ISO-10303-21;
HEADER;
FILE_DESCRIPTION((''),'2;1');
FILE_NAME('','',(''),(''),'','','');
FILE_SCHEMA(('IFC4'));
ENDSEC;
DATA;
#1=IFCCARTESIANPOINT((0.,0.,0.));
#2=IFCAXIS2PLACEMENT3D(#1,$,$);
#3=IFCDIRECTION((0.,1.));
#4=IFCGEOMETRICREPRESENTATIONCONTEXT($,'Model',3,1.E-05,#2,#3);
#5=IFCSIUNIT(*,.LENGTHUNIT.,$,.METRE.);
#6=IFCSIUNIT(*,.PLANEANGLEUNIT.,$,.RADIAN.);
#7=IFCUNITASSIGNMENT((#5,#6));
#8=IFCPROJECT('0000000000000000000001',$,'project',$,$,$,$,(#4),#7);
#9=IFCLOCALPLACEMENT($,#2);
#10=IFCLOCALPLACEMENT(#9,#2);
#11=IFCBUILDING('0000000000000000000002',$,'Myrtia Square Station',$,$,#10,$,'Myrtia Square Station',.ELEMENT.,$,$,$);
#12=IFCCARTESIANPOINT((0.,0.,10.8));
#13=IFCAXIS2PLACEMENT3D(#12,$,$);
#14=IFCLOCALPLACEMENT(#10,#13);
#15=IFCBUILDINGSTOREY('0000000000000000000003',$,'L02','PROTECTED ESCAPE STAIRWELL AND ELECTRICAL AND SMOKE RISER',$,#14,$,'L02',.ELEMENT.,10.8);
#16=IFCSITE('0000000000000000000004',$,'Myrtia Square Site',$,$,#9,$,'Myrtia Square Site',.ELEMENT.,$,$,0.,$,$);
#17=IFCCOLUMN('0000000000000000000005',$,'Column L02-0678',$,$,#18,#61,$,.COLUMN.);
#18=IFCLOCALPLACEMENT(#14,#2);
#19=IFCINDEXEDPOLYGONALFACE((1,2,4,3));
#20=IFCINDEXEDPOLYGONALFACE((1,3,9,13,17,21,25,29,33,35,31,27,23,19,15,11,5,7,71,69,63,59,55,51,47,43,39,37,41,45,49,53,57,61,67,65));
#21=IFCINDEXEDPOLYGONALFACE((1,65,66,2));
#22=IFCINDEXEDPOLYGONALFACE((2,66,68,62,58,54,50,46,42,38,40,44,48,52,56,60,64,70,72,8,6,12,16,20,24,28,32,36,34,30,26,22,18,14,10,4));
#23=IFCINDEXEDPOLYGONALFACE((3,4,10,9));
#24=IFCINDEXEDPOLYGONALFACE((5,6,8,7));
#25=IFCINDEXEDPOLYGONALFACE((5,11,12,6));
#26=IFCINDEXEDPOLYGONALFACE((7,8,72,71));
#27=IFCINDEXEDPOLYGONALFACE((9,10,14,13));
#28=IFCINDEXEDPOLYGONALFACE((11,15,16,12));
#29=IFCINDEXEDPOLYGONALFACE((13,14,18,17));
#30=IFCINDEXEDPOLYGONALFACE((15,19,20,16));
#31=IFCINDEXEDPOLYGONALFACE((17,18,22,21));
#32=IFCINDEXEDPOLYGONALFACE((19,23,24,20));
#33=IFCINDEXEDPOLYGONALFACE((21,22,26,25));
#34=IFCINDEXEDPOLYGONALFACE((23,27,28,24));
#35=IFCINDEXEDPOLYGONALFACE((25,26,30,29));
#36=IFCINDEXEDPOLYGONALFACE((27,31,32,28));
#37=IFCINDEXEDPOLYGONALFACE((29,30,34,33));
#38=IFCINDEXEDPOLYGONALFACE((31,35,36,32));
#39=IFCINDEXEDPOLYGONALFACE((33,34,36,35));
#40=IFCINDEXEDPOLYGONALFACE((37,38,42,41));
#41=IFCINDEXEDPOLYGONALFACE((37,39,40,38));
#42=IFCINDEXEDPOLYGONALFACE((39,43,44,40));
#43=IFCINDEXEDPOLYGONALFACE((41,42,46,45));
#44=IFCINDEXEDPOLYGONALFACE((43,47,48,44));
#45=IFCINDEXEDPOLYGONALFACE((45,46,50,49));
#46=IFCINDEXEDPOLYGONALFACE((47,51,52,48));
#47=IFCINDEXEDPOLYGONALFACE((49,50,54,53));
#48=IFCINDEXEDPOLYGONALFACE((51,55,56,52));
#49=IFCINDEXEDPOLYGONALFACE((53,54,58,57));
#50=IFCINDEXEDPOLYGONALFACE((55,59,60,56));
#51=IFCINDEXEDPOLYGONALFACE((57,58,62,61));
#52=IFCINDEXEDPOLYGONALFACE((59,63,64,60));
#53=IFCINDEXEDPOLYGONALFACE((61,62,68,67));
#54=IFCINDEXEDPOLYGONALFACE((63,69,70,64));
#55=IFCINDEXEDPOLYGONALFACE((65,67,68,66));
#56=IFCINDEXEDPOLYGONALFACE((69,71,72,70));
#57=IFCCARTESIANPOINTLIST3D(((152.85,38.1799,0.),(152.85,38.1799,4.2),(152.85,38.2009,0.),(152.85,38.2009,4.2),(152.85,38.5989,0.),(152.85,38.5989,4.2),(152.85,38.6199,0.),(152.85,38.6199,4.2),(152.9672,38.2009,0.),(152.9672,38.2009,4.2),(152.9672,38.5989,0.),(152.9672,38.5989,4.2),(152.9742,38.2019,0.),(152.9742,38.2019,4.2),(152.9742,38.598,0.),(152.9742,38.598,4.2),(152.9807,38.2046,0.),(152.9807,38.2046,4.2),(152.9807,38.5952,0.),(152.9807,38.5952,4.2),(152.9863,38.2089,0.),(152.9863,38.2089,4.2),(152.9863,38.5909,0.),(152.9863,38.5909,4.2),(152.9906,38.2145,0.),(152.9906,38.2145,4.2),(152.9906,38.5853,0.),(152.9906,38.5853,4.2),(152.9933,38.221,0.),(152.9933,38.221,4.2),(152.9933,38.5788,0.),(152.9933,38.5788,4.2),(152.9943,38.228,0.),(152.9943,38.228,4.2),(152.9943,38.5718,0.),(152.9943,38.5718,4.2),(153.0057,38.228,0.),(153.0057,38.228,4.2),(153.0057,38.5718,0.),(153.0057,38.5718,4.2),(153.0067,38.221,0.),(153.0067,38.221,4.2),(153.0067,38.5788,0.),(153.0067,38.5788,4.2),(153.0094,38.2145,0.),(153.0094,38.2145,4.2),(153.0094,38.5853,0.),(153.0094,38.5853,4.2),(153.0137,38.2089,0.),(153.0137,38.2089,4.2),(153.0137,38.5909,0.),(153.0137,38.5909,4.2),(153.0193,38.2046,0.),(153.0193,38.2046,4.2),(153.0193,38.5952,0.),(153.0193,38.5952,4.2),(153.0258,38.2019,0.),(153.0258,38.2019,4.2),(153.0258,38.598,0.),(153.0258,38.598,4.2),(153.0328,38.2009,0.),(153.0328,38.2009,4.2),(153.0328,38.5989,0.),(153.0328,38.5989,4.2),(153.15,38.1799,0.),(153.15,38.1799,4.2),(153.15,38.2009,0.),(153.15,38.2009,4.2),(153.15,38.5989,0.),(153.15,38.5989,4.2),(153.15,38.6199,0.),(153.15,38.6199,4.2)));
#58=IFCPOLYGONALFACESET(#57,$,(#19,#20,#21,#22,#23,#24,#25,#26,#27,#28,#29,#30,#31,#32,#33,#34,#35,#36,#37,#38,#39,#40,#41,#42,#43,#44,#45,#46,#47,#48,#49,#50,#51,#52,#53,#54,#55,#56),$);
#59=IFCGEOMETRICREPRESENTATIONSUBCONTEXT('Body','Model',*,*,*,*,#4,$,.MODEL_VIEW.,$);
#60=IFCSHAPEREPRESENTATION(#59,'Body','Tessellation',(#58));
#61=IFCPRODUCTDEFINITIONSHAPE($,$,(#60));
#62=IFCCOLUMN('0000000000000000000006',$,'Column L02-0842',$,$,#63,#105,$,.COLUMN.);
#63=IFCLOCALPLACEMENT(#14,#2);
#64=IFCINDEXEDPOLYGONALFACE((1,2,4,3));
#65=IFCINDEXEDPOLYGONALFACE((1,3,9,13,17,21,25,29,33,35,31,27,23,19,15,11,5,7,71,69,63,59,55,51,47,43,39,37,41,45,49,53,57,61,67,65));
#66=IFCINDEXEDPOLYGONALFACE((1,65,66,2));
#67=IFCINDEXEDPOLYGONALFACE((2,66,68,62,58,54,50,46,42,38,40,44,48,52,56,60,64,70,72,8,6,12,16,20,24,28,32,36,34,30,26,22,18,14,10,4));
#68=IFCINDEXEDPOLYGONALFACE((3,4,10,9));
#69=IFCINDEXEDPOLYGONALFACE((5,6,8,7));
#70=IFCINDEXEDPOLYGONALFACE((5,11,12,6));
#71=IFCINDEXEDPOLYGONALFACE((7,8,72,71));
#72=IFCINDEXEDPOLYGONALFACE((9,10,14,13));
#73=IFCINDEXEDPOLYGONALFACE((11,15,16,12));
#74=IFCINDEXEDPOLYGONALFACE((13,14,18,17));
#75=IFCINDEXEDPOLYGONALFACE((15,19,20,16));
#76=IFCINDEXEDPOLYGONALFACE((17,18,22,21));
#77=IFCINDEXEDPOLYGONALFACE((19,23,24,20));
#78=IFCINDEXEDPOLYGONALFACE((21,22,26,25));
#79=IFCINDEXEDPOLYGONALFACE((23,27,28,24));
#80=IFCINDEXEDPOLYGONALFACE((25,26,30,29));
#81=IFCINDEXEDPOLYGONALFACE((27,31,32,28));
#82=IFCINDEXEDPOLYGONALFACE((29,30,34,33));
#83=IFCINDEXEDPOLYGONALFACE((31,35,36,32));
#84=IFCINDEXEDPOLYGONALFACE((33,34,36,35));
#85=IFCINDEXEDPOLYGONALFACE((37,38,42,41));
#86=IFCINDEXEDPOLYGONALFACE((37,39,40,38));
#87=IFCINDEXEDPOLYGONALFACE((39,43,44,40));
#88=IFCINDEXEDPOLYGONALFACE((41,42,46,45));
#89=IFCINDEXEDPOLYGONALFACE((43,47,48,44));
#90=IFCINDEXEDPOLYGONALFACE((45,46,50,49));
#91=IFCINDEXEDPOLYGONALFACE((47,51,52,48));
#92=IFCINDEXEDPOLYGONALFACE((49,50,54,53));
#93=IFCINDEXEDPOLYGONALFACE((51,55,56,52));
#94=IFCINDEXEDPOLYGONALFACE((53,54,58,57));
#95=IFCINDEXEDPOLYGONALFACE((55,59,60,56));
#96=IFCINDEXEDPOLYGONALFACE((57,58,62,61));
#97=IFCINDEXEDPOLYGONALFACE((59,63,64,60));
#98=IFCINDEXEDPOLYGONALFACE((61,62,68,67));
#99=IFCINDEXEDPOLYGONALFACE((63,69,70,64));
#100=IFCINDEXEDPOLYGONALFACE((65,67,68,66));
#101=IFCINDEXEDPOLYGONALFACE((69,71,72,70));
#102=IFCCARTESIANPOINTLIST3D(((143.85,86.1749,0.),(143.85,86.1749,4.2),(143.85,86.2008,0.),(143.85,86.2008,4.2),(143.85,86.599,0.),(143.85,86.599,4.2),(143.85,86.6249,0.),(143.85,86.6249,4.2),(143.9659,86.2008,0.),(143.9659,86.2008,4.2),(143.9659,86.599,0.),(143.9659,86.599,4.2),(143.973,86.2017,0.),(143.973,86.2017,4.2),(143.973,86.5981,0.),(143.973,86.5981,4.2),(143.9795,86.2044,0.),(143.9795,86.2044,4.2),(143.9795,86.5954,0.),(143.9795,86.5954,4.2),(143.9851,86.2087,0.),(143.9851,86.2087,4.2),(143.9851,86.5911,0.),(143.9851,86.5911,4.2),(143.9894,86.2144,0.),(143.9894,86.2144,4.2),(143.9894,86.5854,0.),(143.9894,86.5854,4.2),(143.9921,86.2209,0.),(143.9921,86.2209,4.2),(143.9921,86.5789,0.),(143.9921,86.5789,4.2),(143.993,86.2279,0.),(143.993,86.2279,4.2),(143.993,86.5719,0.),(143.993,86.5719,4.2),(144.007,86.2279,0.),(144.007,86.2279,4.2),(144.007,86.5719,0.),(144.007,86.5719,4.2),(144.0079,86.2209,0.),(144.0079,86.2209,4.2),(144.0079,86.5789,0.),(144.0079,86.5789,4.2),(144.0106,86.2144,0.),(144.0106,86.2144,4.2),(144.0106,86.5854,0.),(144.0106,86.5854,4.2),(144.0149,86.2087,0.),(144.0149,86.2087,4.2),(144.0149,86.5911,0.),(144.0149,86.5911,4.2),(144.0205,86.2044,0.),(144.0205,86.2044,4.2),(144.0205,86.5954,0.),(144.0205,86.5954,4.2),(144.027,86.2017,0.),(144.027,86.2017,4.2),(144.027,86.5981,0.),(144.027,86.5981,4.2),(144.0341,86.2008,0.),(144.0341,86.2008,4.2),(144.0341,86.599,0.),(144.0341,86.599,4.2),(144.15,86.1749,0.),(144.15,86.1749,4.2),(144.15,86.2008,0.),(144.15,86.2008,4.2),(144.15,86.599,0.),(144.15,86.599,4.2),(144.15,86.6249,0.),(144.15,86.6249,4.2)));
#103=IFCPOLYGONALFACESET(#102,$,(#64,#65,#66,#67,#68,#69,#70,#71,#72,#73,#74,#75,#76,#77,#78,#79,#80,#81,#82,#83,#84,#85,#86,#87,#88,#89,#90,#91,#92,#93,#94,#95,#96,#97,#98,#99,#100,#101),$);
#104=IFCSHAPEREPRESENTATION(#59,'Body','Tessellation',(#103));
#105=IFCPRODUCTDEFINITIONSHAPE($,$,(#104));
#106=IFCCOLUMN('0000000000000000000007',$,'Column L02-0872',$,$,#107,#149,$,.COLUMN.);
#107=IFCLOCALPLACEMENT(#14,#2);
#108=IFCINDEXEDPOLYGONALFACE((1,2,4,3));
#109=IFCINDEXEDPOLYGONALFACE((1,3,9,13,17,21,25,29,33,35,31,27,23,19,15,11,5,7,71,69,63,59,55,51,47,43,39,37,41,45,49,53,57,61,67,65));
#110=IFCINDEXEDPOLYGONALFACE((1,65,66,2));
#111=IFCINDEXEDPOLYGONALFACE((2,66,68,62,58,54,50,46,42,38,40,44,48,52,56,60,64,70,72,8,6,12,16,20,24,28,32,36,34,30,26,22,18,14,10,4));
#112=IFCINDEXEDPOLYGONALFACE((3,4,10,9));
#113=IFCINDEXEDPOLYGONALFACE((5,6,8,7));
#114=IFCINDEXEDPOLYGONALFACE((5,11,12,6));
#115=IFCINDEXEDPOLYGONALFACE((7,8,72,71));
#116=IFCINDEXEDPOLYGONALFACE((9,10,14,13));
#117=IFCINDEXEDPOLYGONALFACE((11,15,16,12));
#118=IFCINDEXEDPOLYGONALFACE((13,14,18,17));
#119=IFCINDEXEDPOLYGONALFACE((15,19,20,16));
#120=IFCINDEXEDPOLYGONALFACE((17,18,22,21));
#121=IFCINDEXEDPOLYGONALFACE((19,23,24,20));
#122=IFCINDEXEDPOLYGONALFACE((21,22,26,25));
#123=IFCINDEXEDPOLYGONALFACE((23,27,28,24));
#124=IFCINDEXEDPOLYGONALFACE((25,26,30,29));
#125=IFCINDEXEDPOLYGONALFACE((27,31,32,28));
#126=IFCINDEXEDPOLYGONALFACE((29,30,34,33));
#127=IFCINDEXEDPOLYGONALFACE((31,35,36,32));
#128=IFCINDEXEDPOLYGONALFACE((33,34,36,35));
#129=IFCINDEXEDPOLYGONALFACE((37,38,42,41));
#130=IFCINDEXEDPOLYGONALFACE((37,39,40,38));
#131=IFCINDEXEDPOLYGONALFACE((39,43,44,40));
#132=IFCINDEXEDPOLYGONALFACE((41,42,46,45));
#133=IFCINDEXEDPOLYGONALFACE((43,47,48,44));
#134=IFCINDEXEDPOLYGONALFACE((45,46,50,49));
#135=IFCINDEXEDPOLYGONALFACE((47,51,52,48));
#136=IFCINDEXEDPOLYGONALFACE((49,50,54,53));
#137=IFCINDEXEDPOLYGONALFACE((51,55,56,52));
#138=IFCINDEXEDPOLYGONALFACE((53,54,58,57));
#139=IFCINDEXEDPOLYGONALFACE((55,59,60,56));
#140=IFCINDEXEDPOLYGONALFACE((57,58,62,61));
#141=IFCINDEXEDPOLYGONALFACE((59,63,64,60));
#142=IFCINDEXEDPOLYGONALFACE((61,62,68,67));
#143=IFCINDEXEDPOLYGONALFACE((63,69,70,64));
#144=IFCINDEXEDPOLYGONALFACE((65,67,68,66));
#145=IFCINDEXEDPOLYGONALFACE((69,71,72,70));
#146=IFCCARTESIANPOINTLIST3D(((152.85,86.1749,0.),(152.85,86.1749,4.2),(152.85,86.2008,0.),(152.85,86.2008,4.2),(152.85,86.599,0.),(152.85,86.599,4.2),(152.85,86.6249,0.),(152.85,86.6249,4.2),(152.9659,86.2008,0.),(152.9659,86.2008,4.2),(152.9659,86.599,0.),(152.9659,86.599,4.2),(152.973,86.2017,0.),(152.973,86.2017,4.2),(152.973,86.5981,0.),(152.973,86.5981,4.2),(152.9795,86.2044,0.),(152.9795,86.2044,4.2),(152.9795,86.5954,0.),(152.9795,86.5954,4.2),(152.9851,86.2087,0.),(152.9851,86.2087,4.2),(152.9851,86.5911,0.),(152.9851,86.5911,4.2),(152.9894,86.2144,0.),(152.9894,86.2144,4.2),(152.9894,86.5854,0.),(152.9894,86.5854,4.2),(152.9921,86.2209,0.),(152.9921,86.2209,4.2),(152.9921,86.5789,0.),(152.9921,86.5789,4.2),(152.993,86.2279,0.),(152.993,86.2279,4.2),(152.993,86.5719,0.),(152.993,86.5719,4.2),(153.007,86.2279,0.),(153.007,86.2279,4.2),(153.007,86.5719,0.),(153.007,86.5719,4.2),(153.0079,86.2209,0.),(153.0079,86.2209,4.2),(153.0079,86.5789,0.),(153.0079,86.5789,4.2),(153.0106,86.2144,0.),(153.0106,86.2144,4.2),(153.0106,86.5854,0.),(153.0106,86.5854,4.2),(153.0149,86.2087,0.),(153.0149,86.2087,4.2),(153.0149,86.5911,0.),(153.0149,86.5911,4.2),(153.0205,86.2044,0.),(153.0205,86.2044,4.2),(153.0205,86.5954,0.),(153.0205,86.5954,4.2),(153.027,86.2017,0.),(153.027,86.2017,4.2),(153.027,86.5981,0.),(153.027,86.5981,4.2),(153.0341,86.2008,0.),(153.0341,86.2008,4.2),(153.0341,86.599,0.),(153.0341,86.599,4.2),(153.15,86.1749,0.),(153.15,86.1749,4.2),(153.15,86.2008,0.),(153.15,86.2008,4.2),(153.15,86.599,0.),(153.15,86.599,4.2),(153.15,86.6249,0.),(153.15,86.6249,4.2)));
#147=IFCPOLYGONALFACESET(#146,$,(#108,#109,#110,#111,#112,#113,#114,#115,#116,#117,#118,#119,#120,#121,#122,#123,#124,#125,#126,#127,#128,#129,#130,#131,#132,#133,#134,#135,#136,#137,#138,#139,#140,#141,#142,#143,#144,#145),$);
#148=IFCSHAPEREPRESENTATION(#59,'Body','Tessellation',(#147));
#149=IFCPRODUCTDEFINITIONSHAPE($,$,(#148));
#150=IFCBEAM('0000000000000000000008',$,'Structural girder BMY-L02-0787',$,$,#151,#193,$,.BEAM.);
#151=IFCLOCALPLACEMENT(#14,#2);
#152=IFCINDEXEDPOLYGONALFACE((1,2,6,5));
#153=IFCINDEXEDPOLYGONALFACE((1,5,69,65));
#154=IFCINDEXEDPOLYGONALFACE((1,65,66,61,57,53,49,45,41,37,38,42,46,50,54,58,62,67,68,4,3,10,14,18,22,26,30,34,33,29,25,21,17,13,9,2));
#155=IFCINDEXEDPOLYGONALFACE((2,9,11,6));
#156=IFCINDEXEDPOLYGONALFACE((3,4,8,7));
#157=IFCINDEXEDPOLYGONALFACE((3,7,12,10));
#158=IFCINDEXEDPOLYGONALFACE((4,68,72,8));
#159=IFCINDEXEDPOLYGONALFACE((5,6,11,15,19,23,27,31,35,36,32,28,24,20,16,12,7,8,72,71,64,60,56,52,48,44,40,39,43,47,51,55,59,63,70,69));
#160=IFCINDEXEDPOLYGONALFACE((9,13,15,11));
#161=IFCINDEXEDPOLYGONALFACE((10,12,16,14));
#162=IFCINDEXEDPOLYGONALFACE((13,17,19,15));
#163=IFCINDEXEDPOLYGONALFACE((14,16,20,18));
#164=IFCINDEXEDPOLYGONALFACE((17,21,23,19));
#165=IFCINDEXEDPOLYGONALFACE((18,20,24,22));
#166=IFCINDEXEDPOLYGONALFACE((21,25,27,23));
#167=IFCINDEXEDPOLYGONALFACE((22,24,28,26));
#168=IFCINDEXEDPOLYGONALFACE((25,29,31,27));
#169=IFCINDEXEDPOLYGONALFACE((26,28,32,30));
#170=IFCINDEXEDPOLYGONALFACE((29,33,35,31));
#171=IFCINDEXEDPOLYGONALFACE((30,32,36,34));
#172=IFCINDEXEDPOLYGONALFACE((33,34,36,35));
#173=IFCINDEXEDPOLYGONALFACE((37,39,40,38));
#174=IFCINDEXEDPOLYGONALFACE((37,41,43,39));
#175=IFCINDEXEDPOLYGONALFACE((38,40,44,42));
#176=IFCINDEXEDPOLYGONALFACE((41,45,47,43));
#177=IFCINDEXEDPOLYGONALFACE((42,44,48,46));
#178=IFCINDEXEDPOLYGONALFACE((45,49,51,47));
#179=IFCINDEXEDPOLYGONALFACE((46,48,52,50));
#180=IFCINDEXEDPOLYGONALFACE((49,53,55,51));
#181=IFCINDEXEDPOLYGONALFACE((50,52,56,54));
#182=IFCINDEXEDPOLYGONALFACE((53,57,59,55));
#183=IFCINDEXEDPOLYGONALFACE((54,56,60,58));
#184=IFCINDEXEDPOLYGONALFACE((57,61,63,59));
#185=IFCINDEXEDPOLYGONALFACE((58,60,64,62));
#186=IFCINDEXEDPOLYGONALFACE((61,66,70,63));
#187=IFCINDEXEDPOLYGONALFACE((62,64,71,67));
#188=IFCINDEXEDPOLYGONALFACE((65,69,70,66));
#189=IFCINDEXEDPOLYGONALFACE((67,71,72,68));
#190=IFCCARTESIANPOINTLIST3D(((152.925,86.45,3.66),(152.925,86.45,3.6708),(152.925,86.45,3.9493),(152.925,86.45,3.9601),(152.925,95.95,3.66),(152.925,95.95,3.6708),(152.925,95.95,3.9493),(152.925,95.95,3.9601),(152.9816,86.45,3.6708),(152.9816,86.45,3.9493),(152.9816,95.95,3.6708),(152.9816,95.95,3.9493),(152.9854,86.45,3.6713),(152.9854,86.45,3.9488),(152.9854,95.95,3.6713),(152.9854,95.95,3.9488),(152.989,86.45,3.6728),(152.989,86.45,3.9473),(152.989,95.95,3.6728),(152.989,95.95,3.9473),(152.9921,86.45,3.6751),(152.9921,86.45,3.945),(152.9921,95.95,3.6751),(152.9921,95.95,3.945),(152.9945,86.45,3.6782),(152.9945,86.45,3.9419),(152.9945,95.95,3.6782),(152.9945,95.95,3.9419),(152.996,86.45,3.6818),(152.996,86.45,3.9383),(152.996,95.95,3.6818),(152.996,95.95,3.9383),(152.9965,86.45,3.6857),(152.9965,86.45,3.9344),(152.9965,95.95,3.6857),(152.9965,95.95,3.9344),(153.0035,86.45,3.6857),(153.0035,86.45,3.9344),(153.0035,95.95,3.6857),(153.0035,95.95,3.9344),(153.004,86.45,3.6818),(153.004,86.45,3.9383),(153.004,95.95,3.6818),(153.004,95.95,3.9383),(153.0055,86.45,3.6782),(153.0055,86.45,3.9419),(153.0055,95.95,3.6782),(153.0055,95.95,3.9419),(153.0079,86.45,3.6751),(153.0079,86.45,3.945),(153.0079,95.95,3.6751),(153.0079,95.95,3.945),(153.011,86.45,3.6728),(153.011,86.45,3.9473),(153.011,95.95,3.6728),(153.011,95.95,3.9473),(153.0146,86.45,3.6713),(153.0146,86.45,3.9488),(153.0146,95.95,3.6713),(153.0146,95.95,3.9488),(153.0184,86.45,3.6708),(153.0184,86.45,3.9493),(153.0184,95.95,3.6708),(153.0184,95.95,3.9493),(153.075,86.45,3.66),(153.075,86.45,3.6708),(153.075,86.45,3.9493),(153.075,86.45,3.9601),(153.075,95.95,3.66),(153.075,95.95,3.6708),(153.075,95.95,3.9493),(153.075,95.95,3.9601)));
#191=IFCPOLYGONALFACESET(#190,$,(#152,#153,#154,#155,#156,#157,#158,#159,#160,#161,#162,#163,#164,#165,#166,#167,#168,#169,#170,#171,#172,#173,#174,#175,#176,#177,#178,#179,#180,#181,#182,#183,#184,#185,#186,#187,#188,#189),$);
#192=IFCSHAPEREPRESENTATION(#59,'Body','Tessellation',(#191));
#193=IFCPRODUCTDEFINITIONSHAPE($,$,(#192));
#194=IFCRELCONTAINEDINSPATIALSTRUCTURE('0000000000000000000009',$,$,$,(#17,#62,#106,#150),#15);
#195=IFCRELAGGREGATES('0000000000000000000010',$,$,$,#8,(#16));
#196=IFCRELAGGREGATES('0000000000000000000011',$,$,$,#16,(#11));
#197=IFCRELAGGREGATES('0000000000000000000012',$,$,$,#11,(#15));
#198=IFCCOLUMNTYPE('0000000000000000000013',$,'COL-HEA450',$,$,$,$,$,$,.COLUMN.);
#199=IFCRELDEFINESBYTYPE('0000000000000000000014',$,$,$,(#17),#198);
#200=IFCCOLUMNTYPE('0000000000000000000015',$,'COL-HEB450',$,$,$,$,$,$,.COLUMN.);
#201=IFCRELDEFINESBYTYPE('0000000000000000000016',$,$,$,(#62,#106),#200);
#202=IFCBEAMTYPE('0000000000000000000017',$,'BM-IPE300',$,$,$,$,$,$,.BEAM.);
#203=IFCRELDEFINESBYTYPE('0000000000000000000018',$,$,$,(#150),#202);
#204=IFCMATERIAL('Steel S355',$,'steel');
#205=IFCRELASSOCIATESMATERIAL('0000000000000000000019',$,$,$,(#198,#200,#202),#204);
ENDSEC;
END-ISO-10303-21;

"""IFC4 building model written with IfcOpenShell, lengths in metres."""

from ifc_helpers import new_model, si_unit, direction, frame, origin, origin_2d, place, context, subcontext, project, spatial, i_section, extrude, material, material_profile, profile_set, type_object, element, save


model = new_model("IFC4")

# Units and contexts
model_context = context("Model", 3, precision=1e-05, world=origin(), true_north=direction((0.0, 1.0)))
body_context = subcontext(model_context, "Body", "Model", "MODEL_VIEW")
ifc_project = project(units=[si_unit("LENGTHUNIT", "METRE"), si_unit("PLANEANGLEUNIT", "RADIAN")], contexts=[model_context])

# Site, building, storey
site_placement = place(None, origin())
site = spatial("IfcSite", under=ifc_project, at=site_placement, Name="Myrtia Square Site", LongName="Myrtia Square Site", CompositionType="ELEMENT", RefElevation=0.0)
building_placement = place(site_placement, origin())
building = spatial("IfcBuilding", under=site, at=building_placement, Name="Myrtia Square Station", LongName="Myrtia Square Station", CompositionType="ELEMENT")
storey_placement = place(building_placement, frame((0.0, 0.0, 10.8)))
storey = spatial("IfcBuildingStorey", under=building, at=storey_placement, Name="L02", Description="PROTECTED ESCAPE STAIRWELL AND ELECTRICAL AND SMOKE RISER", LongName="L02", CompositionType="ELEMENT", Elevation=10.8)

# Columns
ifc_material_1 = material(Name="Steel S355", Category="steel")
ifc_material_profile_1 = material_profile(ifc_material_1, i_section(OverallWidth=0.3, OverallDepth=0.4399, WebThickness=0.0115, FlangeThickness=0.021, FilletRadius=0.0271, at=origin_2d()), Name="HEA 450")
ifc_profile_set_1 = profile_set([ifc_material_profile_1], Name="Steel S355")
column_type_1 = type_object("IfcColumnType", Name="COL-HEA450", PredefinedType="COLUMN", material=ifc_profile_set_1)
column_placement = place(storey_placement, frame((153.0, 38.3999, 0.0), z_axis=(0.0, 0.0, 1.0), x_axis=(1.0, 0.0, 0.0)))
element("IfcColumn", 1, at=column_placement, inside=storey, type_object=column_type_1, Name="Column L02-0678", PredefinedType="COLUMN", context=body_context, shape_type="SweptSolid", body=[
    extrude(i_section(OverallWidth=0.3, OverallDepth=0.4399, WebThickness=0.0115, FlangeThickness=0.021, FilletRadius=0.0271, at=origin_2d()), origin(), (0.0, 0.0, 1.0), 4.2),
])
ifc_material_profile_2 = material_profile(ifc_material_1, i_section(OverallWidth=0.3, OverallDepth=0.45, WebThickness=0.0139, FlangeThickness=0.0259, FilletRadius=0.0271, at=origin_2d()), Name="HEB 450")
ifc_profile_set_2 = profile_set([ifc_material_profile_2], Name="Steel S355")
column_type_2 = type_object("IfcColumnType", Name="COL-HEB450", PredefinedType="COLUMN", material=ifc_profile_set_2)
for number, where, z_axis, x_axis, name in (
    (2, (144.0, 86.3999, 0.0), (0.0, 0.0, 1.0), (1.0, 0.0, 0.0), "Column L02-0842"),
    (3, (153.0, 86.3999, 0.0), (0.0, 0.0, 1.0), (1.0, 0.0, 0.0), "Column L02-0872"),
):
    element("IfcColumn", number, at=place(storey_placement, frame(where, z_axis=z_axis, x_axis=x_axis)), inside=storey, type_object=column_type_2, Name=name, PredefinedType="COLUMN", context=body_context, shape_type="SweptSolid", body=[
        extrude(i_section(OverallWidth=0.3, OverallDepth=0.45, WebThickness=0.0139, FlangeThickness=0.0259, FilletRadius=0.0271, at=origin_2d()), origin(), (0.0, 0.0, 1.0), 4.2),
    ])

# Beam
ifc_material_profile_3 = material_profile(ifc_material_1, i_section(OverallWidth=0.1499, OverallDepth=0.3, WebThickness=0.0071, FlangeThickness=0.0107, FilletRadius=0.0149, at=origin_2d()), Name="IPE 300")
ifc_profile_set_3 = profile_set([ifc_material_profile_3], Name="Steel S355")
beam_type_1 = type_object("IfcBeamType", Name="BM-IPE300", PredefinedType="BEAM", material=ifc_profile_set_3)
beam_1_placement = place(storey_placement, frame((153.0, 86.45, 3.8101), z_axis=(0.0, 1.0, 0.0), x_axis=(-1.0, 0.0, 0.0)))
element("IfcBeam", 4, at=beam_1_placement, inside=storey, type_object=beam_type_1, Name="Structural girder BMY-L02-0787", PredefinedType="BEAM", context=body_context, shape_type="SweptSolid", body=[
    extrude(i_section(OverallWidth=0.1499, OverallDepth=0.3, WebThickness=0.0071, FlangeThickness=0.0107, FilletRadius=0.0149, at=origin_2d()), origin(), (0.0, 0.0, 1.0), 9.5),
])

save(model, "model.ifc")
